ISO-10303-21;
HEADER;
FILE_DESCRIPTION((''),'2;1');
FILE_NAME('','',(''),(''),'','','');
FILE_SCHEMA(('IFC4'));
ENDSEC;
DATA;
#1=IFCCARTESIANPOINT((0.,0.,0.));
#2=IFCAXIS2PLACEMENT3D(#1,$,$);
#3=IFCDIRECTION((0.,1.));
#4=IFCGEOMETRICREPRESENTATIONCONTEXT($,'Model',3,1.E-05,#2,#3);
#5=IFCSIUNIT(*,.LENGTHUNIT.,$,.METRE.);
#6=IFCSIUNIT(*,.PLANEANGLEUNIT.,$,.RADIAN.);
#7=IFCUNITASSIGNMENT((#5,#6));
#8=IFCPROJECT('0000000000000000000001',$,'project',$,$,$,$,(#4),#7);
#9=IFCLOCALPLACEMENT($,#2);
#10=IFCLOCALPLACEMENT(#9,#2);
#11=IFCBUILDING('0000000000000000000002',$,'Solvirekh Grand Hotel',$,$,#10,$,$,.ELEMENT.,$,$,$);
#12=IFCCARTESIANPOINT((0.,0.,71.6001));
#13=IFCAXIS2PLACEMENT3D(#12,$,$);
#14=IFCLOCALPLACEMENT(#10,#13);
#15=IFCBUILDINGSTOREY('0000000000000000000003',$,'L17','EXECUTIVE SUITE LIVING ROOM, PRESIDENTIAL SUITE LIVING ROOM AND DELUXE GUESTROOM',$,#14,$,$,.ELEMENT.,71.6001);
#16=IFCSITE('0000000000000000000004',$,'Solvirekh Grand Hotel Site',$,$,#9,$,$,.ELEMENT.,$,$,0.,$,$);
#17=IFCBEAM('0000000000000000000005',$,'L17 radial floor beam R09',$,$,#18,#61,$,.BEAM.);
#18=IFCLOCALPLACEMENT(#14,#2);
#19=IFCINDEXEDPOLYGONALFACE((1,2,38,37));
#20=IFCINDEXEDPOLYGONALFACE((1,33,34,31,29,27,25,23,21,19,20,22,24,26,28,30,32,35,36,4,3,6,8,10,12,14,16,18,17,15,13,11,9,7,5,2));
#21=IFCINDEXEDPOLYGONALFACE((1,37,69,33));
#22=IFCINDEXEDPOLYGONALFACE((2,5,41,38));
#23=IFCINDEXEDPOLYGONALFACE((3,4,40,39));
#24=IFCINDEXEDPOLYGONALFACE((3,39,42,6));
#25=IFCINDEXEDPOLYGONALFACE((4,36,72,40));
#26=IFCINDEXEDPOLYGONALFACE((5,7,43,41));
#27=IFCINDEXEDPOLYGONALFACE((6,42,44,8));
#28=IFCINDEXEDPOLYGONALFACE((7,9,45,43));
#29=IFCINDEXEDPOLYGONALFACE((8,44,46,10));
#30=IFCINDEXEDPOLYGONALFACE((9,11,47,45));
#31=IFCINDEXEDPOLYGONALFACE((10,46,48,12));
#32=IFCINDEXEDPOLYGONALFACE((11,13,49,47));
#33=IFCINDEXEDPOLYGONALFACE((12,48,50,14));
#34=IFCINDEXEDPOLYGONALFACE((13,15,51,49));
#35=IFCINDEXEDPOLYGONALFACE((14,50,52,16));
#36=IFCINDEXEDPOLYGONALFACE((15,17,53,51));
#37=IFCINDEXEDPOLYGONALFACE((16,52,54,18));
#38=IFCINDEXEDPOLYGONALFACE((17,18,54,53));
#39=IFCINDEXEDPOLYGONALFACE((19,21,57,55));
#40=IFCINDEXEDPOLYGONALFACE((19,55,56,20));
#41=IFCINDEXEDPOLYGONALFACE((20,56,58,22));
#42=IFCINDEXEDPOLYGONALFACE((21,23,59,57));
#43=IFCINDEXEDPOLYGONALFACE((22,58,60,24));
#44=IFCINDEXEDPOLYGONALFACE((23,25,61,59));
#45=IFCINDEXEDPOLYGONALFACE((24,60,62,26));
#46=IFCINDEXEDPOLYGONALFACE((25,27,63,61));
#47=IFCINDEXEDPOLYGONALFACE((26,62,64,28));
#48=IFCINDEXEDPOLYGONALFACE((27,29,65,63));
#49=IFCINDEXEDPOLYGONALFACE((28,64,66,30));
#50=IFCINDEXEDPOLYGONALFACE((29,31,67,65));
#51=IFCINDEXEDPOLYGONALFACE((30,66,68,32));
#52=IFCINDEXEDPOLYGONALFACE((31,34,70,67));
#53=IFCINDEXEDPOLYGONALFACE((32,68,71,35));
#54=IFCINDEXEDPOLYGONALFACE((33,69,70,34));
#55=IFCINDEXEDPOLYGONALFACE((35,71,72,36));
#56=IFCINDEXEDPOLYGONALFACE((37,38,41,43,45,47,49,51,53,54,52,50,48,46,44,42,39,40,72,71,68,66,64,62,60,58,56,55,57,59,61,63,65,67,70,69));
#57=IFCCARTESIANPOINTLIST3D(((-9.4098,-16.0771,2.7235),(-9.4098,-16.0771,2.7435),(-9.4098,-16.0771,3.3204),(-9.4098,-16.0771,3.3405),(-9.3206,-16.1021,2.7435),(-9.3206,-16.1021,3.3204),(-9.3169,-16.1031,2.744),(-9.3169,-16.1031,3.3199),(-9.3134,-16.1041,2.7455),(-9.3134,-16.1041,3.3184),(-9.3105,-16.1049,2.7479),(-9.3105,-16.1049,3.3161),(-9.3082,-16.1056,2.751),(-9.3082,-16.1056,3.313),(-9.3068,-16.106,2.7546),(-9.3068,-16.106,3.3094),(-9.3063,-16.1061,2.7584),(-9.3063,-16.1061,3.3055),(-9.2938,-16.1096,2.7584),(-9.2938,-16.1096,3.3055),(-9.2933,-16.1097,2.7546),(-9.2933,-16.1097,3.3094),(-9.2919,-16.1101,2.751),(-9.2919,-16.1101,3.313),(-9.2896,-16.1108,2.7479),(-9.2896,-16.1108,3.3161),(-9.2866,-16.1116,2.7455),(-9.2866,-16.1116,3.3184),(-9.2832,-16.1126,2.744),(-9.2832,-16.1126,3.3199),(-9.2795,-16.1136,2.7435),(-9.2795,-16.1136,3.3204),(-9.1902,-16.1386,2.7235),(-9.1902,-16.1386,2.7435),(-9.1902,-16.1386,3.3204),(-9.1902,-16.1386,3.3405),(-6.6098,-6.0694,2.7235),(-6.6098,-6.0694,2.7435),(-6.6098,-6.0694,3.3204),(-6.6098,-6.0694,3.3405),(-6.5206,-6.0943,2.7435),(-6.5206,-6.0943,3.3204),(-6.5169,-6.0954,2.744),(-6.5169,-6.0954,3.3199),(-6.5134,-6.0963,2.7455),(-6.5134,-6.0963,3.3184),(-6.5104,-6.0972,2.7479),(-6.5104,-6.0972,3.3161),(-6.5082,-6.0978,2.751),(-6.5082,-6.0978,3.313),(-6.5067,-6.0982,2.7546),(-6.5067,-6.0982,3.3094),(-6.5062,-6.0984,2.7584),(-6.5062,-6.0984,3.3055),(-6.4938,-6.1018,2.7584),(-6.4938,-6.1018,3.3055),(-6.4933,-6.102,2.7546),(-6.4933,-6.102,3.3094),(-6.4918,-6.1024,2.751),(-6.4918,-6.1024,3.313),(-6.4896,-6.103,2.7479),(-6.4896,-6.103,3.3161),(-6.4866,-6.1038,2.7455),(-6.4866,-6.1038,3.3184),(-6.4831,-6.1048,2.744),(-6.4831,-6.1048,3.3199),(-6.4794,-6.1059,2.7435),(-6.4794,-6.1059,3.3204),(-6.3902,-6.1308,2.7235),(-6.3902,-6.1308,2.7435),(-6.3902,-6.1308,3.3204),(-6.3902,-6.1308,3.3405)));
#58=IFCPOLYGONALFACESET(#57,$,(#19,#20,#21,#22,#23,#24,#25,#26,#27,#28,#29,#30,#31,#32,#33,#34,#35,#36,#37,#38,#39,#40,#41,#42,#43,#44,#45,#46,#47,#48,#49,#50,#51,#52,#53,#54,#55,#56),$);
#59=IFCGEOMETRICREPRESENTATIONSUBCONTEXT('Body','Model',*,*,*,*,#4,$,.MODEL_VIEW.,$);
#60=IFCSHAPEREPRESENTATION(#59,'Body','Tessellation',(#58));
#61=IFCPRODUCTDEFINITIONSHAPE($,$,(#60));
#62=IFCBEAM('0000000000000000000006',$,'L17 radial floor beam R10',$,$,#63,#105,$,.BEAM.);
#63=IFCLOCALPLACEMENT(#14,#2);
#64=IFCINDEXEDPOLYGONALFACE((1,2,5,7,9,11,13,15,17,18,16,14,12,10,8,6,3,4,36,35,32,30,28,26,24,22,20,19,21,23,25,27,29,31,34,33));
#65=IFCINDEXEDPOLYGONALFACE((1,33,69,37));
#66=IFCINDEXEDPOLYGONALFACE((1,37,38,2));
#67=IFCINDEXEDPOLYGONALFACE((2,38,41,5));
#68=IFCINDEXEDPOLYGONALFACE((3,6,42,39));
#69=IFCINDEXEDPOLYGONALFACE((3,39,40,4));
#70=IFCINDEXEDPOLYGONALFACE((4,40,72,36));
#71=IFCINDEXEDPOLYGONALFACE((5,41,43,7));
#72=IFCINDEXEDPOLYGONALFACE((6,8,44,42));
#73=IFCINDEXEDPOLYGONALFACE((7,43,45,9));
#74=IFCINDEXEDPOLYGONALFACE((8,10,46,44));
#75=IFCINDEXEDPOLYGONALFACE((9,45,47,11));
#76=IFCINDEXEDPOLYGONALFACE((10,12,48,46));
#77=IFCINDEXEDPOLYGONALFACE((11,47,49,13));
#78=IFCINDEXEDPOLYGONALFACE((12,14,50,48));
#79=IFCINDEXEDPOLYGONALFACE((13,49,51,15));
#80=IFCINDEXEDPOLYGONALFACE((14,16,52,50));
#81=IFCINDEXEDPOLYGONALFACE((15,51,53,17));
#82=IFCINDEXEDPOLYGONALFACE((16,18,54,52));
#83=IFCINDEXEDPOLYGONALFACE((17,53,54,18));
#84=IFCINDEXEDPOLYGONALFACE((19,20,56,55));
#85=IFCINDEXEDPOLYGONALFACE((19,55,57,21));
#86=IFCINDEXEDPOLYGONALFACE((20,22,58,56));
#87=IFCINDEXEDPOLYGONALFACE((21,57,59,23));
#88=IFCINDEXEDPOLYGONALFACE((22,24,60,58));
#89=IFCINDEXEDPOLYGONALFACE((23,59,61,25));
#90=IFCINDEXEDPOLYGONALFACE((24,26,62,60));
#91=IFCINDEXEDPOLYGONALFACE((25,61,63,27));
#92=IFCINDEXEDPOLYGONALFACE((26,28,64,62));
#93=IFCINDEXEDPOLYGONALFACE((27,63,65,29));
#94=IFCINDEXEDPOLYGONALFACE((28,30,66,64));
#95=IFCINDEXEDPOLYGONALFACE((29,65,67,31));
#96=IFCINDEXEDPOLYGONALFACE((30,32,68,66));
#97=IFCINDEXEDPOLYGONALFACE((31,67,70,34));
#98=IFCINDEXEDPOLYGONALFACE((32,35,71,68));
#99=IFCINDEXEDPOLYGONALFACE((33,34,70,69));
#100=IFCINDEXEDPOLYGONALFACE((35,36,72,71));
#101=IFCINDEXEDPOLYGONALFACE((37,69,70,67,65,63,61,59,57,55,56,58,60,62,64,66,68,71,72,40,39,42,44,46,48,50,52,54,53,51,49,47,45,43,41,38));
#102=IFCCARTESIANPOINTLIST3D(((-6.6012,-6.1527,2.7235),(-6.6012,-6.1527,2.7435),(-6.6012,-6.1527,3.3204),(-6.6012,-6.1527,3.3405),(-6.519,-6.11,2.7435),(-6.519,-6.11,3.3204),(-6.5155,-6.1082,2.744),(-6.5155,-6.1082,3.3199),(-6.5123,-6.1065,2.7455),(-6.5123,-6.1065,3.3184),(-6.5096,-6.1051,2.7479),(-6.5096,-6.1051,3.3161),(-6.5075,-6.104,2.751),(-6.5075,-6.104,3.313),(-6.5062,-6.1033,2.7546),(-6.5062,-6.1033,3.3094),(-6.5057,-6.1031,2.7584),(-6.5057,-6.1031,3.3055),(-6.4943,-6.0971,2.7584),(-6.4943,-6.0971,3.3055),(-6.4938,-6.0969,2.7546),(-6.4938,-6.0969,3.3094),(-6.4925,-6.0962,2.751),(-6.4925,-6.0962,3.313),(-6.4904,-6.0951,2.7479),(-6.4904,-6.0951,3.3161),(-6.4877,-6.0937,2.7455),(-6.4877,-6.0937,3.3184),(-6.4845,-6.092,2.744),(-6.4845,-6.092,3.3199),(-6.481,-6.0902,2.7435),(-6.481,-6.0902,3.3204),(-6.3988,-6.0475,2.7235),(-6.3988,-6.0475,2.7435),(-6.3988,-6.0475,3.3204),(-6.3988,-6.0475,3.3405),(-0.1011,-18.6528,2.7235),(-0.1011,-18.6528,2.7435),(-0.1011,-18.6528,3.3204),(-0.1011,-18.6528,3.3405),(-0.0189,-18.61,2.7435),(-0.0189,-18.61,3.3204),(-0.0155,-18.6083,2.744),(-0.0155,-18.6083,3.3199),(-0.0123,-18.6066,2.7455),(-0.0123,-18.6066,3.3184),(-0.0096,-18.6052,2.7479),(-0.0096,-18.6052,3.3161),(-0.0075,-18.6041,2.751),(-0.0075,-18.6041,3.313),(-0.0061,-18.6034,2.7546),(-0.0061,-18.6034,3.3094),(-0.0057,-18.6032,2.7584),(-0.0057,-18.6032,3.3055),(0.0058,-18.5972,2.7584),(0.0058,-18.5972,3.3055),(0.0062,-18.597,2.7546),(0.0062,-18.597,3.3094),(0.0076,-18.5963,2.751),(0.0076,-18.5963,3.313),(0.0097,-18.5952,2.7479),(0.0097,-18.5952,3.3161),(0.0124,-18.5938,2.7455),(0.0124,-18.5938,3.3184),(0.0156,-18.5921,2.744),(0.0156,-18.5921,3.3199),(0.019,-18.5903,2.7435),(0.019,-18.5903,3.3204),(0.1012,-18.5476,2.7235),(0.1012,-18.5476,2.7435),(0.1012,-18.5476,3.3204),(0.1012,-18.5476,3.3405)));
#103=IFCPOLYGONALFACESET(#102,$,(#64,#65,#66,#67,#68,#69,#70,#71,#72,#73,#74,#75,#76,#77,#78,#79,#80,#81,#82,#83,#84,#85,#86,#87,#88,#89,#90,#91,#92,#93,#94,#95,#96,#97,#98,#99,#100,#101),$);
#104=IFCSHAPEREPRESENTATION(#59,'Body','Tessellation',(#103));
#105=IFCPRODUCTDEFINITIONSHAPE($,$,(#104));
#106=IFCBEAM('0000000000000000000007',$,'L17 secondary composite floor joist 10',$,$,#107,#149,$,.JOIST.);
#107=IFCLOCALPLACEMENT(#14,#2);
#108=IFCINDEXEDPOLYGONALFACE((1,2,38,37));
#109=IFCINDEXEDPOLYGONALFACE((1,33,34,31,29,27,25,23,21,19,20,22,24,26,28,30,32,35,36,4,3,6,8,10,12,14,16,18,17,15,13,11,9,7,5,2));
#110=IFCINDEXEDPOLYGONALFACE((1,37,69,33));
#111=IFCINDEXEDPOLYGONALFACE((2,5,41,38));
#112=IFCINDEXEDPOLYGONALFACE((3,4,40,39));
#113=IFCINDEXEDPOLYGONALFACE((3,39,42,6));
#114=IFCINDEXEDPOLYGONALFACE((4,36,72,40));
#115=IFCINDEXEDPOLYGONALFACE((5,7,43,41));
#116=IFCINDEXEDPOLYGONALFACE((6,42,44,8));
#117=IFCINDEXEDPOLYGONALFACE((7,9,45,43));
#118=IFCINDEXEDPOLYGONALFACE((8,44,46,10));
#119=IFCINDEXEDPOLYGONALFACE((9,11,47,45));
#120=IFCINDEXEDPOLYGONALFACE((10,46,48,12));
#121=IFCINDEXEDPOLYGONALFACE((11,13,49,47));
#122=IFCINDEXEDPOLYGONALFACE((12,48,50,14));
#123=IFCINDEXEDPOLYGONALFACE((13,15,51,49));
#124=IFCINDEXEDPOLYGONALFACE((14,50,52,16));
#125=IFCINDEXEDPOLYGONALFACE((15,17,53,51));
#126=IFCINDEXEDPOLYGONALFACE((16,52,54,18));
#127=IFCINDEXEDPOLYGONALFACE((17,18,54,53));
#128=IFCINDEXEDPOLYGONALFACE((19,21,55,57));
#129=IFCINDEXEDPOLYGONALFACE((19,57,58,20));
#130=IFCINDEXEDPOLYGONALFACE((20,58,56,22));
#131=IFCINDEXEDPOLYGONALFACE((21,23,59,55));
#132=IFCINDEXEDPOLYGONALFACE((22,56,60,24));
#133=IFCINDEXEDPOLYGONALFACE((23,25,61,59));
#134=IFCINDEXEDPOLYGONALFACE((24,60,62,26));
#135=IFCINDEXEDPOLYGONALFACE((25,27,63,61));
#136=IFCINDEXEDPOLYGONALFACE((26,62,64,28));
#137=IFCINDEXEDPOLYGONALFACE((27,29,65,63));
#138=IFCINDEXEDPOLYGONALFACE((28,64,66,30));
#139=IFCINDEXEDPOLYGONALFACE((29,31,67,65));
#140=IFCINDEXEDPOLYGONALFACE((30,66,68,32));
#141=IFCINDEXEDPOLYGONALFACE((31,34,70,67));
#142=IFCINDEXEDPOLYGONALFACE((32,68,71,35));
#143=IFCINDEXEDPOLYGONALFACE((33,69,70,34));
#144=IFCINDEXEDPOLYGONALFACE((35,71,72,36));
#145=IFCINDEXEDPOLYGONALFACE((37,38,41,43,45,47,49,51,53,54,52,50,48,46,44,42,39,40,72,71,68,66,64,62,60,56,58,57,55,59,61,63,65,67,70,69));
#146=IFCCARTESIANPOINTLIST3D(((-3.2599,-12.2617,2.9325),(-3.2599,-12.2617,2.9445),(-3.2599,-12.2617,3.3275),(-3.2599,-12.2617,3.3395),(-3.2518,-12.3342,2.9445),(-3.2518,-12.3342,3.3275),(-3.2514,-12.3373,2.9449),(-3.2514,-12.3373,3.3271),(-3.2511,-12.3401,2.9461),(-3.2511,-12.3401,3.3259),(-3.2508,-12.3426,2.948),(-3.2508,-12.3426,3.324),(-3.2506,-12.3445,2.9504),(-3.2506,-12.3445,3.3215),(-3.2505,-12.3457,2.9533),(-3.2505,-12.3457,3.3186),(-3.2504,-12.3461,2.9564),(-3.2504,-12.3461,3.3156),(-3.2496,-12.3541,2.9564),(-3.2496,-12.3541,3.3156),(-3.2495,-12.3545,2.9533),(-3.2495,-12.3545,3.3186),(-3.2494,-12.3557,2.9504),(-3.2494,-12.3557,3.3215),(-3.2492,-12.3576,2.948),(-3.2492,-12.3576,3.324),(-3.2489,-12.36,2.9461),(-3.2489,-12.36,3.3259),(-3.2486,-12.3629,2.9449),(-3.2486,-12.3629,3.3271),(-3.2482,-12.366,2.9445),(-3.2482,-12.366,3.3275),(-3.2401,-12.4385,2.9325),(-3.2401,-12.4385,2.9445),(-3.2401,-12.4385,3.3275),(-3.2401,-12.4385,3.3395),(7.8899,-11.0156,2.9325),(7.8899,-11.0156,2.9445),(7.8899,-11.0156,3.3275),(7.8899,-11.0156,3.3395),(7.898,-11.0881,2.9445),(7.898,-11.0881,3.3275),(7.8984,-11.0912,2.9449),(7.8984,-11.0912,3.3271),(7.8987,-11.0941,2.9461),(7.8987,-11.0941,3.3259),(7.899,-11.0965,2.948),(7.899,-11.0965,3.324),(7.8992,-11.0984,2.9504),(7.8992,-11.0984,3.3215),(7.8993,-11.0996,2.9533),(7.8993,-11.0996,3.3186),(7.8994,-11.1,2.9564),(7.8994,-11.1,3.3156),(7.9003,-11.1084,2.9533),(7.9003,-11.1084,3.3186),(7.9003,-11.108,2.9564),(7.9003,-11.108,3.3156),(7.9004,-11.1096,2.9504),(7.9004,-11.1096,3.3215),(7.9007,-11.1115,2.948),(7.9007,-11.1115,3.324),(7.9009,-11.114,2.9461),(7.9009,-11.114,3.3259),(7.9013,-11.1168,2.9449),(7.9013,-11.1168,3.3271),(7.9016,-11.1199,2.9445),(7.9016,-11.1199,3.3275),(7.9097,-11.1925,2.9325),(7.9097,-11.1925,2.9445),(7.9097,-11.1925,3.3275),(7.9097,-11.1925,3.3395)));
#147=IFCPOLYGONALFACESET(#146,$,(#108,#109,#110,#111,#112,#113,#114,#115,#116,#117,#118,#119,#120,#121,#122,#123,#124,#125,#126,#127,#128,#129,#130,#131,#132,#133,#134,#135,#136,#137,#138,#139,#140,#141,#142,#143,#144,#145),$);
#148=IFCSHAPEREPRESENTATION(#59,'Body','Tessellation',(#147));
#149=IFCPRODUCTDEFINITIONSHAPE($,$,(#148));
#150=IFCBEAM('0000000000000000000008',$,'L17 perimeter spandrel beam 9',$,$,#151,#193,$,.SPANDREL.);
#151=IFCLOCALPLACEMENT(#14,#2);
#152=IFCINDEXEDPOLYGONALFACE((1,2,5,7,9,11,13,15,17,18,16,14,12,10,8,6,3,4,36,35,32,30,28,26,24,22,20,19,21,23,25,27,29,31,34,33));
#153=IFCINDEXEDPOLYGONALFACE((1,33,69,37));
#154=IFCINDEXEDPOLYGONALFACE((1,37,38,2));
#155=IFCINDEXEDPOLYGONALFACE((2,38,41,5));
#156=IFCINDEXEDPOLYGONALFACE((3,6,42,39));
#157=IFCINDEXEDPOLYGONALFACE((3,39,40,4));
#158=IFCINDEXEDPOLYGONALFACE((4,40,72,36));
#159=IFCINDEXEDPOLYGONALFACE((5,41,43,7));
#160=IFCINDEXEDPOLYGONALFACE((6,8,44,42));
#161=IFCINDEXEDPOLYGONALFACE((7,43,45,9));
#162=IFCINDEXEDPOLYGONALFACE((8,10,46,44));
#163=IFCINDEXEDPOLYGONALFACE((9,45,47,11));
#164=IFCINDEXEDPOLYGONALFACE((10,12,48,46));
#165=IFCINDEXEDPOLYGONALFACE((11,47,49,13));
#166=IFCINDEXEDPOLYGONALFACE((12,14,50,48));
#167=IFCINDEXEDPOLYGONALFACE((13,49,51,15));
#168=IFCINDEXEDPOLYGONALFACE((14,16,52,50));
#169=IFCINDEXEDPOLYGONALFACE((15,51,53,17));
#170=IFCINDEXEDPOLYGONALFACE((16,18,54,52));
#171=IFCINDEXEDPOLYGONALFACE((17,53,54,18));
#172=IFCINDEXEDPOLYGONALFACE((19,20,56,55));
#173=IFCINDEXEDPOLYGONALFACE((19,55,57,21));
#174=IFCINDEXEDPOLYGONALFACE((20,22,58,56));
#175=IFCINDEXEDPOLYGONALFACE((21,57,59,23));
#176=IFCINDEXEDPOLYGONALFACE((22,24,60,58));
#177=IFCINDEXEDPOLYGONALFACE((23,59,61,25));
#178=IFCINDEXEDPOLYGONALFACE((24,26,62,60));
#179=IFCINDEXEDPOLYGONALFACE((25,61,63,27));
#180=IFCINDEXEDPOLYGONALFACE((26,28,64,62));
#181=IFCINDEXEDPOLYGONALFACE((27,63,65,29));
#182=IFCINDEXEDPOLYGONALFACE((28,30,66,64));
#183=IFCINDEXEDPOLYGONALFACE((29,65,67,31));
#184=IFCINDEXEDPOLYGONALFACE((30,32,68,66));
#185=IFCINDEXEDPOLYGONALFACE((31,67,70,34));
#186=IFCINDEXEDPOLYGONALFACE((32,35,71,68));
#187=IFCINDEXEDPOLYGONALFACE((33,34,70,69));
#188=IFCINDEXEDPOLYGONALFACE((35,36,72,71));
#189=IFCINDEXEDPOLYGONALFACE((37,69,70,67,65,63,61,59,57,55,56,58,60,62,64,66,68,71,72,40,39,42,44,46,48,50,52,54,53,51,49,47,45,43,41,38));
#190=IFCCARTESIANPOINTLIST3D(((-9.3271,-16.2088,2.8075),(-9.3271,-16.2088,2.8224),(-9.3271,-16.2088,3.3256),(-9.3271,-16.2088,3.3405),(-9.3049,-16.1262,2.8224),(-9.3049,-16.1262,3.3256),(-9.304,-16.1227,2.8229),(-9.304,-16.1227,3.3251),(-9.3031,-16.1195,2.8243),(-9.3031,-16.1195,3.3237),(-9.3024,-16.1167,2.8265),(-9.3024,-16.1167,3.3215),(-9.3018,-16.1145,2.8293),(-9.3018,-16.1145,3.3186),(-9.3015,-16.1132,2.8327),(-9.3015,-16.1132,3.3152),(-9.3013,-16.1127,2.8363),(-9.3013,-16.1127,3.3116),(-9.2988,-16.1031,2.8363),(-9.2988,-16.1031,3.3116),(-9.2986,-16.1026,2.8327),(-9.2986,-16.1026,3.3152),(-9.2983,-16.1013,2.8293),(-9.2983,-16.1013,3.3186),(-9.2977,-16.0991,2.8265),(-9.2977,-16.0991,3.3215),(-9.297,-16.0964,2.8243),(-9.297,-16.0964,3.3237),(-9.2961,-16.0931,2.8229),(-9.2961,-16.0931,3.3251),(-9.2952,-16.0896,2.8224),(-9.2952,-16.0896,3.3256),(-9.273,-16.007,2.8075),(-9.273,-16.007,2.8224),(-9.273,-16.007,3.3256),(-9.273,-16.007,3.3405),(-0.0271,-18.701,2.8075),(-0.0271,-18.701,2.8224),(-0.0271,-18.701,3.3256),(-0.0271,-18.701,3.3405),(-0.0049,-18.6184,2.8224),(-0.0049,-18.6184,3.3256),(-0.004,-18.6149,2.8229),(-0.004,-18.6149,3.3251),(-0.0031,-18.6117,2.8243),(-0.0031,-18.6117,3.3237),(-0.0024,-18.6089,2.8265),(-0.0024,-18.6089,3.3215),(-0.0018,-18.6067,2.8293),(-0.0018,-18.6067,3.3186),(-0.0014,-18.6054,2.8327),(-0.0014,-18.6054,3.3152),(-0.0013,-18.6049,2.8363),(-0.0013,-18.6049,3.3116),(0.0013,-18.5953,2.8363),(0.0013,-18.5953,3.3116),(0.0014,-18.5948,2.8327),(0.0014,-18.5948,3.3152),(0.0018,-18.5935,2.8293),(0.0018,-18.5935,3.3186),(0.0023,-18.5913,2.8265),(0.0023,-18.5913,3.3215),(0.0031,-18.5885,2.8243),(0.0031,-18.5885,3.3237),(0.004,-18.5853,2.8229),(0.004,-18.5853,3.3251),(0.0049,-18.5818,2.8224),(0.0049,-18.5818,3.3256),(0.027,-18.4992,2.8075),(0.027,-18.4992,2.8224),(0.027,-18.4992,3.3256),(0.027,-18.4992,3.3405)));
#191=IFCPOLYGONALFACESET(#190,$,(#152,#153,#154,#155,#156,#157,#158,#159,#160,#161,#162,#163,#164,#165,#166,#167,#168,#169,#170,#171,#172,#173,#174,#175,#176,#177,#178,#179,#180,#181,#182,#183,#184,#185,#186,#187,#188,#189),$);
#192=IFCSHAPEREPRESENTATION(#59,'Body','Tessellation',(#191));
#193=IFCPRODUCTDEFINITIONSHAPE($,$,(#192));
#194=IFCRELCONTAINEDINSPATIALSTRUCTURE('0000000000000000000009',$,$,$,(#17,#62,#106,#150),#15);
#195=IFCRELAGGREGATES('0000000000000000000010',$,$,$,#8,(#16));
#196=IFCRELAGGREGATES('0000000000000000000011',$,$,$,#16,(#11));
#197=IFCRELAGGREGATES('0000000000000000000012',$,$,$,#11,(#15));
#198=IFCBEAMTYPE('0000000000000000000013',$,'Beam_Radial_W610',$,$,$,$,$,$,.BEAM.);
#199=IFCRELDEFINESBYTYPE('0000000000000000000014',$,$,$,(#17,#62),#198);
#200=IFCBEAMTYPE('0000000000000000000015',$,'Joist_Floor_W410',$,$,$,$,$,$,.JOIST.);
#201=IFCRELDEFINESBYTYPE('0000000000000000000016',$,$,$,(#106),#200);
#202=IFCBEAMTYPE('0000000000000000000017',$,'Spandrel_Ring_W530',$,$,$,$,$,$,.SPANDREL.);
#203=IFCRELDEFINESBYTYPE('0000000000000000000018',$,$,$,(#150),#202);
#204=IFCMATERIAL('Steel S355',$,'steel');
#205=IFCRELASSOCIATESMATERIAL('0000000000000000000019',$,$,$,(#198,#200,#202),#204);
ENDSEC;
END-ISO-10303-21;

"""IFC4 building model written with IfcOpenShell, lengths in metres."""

from ifc_helpers import new_model, si_unit, direction, frame, origin, origin_2d, place, context, subcontext, project, spatial, i_section, extrude, material, material_profile, profile_set, type_object, element, save


model = new_model("IFC4")

# Units and contexts
model_context = context("Model", 3, precision=1e-05, world=origin(), true_north=direction((0.0, 1.0)))
body_context = subcontext(model_context, "Body", "Model", "MODEL_VIEW")
ifc_project = project(units=[si_unit("LENGTHUNIT", "METRE"), si_unit("PLANEANGLEUNIT", "RADIAN")], contexts=[model_context])

# Site, building, storey
site_placement = place(None, origin())
site = spatial("IfcSite", under=ifc_project, at=site_placement, Name="Solvirekh Grand Hotel Site", CompositionType="ELEMENT", RefElevation=0.0)
building_placement = place(site_placement, origin())
building = spatial("IfcBuilding", under=site, at=building_placement, Name="Solvirekh Grand Hotel", CompositionType="ELEMENT")
storey_placement = place(building_placement, frame((0.0, 0.0, 71.6001)))
storey = spatial("IfcBuildingStorey", under=building, at=storey_placement, Name="L17", Description="EXECUTIVE SUITE LIVING ROOM, PRESIDENTIAL SUITE LIVING ROOM AND DELUXE GUESTROOM", CompositionType="ELEMENT", Elevation=71.6001)

# Beams
ifc_material_1 = material(Name="Steel S355", Category="steel")
ifc_material_profile_1 = material_profile(ifc_material_1, i_section(OverallWidth=0.228, OverallDepth=0.6169, WebThickness=0.0129, FlangeThickness=0.02, FilletRadius=0.0149, at=origin_2d()), Name="W610X140")
ifc_profile_set_1 = profile_set([ifc_material_profile_1], Name="Steel S355")
beam_type_1 = type_object("IfcBeamType", Name="Beam_Radial_W610", PredefinedType="BEAM", material=ifc_profile_set_1)
beam_1_placement = place(storey_placement, frame((-6.5, -6.1001, 3.032), z_axis=(-0.269439, -0.963017, 0.0), x_axis=(0.963017, -0.269439, 0.0)))
element("IfcBeam", 1, at=beam_1_placement, inside=storey, type_object=beam_type_1, Name="L17 radial floor beam R09", PredefinedType="BEAM", context=body_context, shape_type="SweptSolid", body=[
    extrude(i_section(OverallWidth=0.228, OverallDepth=0.6169, WebThickness=0.0129, FlangeThickness=0.02, FilletRadius=0.0149, at=origin_2d()), origin(), (0.0, 0.0, 1.0), 10.3921),
])
beam_2_placement = place(storey_placement, frame((-6.5, -6.1001, 3.032), z_axis=(0.461353, -0.887217, 0.0), x_axis=(0.887217, 0.461353, 0.0)))
element("IfcBeam", 2, at=beam_2_placement, inside=storey, type_object=beam_type_1, Name="L17 radial floor beam R10", PredefinedType="BEAM", context=body_context, shape_type="SweptSolid", body=[
    extrude(i_section(OverallWidth=0.228, OverallDepth=0.6169, WebThickness=0.0129, FlangeThickness=0.02, FilletRadius=0.0149, at=origin_2d()), origin(), (0.0, 0.0, 1.0), 14.0891),
])
ifc_material_profile_2 = material_profile(ifc_material_1, i_section(OverallWidth=0.178, OverallDepth=0.407, WebThickness=0.0081, FlangeThickness=0.012, FilletRadius=0.012, at=origin_2d()), Name="W410X60")
ifc_profile_set_2 = profile_set([ifc_material_profile_2], Name="Steel S355")
beam_type_2 = type_object("IfcBeamType", Name="Joist_Floor_W410", PredefinedType="JOIST", material=ifc_profile_set_2)
beam_3_placement = place(storey_placement, frame((-3.25, -12.3501, 3.136), z_axis=(0.993813, 0.111067, 0.0), x_axis=(-0.111067, 0.993813, 0.0)))
element("IfcBeam", 3, at=beam_3_placement, inside=storey, type_object=beam_type_2, Name="L17 secondary composite floor joist 10", PredefinedType="JOIST", context=body_context, shape_type="SweptSolid", body=[
    extrude(i_section(OverallWidth=0.178, OverallDepth=0.407, WebThickness=0.0081, FlangeThickness=0.012, FilletRadius=0.012, at=origin_2d()), origin(), (0.0, 0.0, 1.0), 11.2192),
])
ifc_material_profile_3 = material_profile(ifc_material_1, i_section(OverallWidth=0.209, OverallDepth=0.533, WebThickness=0.01, FlangeThickness=0.0149, FilletRadius=0.0139, at=origin_2d()), Name="W530X92")
ifc_profile_set_3 = profile_set([ifc_material_profile_3], Name="Steel S355")
beam_type_3 = type_object("IfcBeamType", Name="Spandrel_Ring_W530", PredefinedType="SPANDREL", material=ifc_profile_set_3)
beam_4_placement = place(storey_placement, frame((-9.3, -16.1079, 3.074), z_axis=(0.965919, -0.258843, 0.0), x_axis=(0.258843, 0.965919, 0.0)))
element("IfcBeam", 4, at=beam_4_placement, inside=storey, type_object=beam_type_3, Name="L17 perimeter spandrel beam 9", PredefinedType="SPANDREL", context=body_context, shape_type="SweptSolid", body=[
    extrude(i_section(OverallWidth=0.209, OverallDepth=0.533, WebThickness=0.01, FlangeThickness=0.0149, FilletRadius=0.0139, at=origin_2d()), origin(), (0.0, 0.0, 1.0), 9.6282),
])

save(model, "model.ifc")
